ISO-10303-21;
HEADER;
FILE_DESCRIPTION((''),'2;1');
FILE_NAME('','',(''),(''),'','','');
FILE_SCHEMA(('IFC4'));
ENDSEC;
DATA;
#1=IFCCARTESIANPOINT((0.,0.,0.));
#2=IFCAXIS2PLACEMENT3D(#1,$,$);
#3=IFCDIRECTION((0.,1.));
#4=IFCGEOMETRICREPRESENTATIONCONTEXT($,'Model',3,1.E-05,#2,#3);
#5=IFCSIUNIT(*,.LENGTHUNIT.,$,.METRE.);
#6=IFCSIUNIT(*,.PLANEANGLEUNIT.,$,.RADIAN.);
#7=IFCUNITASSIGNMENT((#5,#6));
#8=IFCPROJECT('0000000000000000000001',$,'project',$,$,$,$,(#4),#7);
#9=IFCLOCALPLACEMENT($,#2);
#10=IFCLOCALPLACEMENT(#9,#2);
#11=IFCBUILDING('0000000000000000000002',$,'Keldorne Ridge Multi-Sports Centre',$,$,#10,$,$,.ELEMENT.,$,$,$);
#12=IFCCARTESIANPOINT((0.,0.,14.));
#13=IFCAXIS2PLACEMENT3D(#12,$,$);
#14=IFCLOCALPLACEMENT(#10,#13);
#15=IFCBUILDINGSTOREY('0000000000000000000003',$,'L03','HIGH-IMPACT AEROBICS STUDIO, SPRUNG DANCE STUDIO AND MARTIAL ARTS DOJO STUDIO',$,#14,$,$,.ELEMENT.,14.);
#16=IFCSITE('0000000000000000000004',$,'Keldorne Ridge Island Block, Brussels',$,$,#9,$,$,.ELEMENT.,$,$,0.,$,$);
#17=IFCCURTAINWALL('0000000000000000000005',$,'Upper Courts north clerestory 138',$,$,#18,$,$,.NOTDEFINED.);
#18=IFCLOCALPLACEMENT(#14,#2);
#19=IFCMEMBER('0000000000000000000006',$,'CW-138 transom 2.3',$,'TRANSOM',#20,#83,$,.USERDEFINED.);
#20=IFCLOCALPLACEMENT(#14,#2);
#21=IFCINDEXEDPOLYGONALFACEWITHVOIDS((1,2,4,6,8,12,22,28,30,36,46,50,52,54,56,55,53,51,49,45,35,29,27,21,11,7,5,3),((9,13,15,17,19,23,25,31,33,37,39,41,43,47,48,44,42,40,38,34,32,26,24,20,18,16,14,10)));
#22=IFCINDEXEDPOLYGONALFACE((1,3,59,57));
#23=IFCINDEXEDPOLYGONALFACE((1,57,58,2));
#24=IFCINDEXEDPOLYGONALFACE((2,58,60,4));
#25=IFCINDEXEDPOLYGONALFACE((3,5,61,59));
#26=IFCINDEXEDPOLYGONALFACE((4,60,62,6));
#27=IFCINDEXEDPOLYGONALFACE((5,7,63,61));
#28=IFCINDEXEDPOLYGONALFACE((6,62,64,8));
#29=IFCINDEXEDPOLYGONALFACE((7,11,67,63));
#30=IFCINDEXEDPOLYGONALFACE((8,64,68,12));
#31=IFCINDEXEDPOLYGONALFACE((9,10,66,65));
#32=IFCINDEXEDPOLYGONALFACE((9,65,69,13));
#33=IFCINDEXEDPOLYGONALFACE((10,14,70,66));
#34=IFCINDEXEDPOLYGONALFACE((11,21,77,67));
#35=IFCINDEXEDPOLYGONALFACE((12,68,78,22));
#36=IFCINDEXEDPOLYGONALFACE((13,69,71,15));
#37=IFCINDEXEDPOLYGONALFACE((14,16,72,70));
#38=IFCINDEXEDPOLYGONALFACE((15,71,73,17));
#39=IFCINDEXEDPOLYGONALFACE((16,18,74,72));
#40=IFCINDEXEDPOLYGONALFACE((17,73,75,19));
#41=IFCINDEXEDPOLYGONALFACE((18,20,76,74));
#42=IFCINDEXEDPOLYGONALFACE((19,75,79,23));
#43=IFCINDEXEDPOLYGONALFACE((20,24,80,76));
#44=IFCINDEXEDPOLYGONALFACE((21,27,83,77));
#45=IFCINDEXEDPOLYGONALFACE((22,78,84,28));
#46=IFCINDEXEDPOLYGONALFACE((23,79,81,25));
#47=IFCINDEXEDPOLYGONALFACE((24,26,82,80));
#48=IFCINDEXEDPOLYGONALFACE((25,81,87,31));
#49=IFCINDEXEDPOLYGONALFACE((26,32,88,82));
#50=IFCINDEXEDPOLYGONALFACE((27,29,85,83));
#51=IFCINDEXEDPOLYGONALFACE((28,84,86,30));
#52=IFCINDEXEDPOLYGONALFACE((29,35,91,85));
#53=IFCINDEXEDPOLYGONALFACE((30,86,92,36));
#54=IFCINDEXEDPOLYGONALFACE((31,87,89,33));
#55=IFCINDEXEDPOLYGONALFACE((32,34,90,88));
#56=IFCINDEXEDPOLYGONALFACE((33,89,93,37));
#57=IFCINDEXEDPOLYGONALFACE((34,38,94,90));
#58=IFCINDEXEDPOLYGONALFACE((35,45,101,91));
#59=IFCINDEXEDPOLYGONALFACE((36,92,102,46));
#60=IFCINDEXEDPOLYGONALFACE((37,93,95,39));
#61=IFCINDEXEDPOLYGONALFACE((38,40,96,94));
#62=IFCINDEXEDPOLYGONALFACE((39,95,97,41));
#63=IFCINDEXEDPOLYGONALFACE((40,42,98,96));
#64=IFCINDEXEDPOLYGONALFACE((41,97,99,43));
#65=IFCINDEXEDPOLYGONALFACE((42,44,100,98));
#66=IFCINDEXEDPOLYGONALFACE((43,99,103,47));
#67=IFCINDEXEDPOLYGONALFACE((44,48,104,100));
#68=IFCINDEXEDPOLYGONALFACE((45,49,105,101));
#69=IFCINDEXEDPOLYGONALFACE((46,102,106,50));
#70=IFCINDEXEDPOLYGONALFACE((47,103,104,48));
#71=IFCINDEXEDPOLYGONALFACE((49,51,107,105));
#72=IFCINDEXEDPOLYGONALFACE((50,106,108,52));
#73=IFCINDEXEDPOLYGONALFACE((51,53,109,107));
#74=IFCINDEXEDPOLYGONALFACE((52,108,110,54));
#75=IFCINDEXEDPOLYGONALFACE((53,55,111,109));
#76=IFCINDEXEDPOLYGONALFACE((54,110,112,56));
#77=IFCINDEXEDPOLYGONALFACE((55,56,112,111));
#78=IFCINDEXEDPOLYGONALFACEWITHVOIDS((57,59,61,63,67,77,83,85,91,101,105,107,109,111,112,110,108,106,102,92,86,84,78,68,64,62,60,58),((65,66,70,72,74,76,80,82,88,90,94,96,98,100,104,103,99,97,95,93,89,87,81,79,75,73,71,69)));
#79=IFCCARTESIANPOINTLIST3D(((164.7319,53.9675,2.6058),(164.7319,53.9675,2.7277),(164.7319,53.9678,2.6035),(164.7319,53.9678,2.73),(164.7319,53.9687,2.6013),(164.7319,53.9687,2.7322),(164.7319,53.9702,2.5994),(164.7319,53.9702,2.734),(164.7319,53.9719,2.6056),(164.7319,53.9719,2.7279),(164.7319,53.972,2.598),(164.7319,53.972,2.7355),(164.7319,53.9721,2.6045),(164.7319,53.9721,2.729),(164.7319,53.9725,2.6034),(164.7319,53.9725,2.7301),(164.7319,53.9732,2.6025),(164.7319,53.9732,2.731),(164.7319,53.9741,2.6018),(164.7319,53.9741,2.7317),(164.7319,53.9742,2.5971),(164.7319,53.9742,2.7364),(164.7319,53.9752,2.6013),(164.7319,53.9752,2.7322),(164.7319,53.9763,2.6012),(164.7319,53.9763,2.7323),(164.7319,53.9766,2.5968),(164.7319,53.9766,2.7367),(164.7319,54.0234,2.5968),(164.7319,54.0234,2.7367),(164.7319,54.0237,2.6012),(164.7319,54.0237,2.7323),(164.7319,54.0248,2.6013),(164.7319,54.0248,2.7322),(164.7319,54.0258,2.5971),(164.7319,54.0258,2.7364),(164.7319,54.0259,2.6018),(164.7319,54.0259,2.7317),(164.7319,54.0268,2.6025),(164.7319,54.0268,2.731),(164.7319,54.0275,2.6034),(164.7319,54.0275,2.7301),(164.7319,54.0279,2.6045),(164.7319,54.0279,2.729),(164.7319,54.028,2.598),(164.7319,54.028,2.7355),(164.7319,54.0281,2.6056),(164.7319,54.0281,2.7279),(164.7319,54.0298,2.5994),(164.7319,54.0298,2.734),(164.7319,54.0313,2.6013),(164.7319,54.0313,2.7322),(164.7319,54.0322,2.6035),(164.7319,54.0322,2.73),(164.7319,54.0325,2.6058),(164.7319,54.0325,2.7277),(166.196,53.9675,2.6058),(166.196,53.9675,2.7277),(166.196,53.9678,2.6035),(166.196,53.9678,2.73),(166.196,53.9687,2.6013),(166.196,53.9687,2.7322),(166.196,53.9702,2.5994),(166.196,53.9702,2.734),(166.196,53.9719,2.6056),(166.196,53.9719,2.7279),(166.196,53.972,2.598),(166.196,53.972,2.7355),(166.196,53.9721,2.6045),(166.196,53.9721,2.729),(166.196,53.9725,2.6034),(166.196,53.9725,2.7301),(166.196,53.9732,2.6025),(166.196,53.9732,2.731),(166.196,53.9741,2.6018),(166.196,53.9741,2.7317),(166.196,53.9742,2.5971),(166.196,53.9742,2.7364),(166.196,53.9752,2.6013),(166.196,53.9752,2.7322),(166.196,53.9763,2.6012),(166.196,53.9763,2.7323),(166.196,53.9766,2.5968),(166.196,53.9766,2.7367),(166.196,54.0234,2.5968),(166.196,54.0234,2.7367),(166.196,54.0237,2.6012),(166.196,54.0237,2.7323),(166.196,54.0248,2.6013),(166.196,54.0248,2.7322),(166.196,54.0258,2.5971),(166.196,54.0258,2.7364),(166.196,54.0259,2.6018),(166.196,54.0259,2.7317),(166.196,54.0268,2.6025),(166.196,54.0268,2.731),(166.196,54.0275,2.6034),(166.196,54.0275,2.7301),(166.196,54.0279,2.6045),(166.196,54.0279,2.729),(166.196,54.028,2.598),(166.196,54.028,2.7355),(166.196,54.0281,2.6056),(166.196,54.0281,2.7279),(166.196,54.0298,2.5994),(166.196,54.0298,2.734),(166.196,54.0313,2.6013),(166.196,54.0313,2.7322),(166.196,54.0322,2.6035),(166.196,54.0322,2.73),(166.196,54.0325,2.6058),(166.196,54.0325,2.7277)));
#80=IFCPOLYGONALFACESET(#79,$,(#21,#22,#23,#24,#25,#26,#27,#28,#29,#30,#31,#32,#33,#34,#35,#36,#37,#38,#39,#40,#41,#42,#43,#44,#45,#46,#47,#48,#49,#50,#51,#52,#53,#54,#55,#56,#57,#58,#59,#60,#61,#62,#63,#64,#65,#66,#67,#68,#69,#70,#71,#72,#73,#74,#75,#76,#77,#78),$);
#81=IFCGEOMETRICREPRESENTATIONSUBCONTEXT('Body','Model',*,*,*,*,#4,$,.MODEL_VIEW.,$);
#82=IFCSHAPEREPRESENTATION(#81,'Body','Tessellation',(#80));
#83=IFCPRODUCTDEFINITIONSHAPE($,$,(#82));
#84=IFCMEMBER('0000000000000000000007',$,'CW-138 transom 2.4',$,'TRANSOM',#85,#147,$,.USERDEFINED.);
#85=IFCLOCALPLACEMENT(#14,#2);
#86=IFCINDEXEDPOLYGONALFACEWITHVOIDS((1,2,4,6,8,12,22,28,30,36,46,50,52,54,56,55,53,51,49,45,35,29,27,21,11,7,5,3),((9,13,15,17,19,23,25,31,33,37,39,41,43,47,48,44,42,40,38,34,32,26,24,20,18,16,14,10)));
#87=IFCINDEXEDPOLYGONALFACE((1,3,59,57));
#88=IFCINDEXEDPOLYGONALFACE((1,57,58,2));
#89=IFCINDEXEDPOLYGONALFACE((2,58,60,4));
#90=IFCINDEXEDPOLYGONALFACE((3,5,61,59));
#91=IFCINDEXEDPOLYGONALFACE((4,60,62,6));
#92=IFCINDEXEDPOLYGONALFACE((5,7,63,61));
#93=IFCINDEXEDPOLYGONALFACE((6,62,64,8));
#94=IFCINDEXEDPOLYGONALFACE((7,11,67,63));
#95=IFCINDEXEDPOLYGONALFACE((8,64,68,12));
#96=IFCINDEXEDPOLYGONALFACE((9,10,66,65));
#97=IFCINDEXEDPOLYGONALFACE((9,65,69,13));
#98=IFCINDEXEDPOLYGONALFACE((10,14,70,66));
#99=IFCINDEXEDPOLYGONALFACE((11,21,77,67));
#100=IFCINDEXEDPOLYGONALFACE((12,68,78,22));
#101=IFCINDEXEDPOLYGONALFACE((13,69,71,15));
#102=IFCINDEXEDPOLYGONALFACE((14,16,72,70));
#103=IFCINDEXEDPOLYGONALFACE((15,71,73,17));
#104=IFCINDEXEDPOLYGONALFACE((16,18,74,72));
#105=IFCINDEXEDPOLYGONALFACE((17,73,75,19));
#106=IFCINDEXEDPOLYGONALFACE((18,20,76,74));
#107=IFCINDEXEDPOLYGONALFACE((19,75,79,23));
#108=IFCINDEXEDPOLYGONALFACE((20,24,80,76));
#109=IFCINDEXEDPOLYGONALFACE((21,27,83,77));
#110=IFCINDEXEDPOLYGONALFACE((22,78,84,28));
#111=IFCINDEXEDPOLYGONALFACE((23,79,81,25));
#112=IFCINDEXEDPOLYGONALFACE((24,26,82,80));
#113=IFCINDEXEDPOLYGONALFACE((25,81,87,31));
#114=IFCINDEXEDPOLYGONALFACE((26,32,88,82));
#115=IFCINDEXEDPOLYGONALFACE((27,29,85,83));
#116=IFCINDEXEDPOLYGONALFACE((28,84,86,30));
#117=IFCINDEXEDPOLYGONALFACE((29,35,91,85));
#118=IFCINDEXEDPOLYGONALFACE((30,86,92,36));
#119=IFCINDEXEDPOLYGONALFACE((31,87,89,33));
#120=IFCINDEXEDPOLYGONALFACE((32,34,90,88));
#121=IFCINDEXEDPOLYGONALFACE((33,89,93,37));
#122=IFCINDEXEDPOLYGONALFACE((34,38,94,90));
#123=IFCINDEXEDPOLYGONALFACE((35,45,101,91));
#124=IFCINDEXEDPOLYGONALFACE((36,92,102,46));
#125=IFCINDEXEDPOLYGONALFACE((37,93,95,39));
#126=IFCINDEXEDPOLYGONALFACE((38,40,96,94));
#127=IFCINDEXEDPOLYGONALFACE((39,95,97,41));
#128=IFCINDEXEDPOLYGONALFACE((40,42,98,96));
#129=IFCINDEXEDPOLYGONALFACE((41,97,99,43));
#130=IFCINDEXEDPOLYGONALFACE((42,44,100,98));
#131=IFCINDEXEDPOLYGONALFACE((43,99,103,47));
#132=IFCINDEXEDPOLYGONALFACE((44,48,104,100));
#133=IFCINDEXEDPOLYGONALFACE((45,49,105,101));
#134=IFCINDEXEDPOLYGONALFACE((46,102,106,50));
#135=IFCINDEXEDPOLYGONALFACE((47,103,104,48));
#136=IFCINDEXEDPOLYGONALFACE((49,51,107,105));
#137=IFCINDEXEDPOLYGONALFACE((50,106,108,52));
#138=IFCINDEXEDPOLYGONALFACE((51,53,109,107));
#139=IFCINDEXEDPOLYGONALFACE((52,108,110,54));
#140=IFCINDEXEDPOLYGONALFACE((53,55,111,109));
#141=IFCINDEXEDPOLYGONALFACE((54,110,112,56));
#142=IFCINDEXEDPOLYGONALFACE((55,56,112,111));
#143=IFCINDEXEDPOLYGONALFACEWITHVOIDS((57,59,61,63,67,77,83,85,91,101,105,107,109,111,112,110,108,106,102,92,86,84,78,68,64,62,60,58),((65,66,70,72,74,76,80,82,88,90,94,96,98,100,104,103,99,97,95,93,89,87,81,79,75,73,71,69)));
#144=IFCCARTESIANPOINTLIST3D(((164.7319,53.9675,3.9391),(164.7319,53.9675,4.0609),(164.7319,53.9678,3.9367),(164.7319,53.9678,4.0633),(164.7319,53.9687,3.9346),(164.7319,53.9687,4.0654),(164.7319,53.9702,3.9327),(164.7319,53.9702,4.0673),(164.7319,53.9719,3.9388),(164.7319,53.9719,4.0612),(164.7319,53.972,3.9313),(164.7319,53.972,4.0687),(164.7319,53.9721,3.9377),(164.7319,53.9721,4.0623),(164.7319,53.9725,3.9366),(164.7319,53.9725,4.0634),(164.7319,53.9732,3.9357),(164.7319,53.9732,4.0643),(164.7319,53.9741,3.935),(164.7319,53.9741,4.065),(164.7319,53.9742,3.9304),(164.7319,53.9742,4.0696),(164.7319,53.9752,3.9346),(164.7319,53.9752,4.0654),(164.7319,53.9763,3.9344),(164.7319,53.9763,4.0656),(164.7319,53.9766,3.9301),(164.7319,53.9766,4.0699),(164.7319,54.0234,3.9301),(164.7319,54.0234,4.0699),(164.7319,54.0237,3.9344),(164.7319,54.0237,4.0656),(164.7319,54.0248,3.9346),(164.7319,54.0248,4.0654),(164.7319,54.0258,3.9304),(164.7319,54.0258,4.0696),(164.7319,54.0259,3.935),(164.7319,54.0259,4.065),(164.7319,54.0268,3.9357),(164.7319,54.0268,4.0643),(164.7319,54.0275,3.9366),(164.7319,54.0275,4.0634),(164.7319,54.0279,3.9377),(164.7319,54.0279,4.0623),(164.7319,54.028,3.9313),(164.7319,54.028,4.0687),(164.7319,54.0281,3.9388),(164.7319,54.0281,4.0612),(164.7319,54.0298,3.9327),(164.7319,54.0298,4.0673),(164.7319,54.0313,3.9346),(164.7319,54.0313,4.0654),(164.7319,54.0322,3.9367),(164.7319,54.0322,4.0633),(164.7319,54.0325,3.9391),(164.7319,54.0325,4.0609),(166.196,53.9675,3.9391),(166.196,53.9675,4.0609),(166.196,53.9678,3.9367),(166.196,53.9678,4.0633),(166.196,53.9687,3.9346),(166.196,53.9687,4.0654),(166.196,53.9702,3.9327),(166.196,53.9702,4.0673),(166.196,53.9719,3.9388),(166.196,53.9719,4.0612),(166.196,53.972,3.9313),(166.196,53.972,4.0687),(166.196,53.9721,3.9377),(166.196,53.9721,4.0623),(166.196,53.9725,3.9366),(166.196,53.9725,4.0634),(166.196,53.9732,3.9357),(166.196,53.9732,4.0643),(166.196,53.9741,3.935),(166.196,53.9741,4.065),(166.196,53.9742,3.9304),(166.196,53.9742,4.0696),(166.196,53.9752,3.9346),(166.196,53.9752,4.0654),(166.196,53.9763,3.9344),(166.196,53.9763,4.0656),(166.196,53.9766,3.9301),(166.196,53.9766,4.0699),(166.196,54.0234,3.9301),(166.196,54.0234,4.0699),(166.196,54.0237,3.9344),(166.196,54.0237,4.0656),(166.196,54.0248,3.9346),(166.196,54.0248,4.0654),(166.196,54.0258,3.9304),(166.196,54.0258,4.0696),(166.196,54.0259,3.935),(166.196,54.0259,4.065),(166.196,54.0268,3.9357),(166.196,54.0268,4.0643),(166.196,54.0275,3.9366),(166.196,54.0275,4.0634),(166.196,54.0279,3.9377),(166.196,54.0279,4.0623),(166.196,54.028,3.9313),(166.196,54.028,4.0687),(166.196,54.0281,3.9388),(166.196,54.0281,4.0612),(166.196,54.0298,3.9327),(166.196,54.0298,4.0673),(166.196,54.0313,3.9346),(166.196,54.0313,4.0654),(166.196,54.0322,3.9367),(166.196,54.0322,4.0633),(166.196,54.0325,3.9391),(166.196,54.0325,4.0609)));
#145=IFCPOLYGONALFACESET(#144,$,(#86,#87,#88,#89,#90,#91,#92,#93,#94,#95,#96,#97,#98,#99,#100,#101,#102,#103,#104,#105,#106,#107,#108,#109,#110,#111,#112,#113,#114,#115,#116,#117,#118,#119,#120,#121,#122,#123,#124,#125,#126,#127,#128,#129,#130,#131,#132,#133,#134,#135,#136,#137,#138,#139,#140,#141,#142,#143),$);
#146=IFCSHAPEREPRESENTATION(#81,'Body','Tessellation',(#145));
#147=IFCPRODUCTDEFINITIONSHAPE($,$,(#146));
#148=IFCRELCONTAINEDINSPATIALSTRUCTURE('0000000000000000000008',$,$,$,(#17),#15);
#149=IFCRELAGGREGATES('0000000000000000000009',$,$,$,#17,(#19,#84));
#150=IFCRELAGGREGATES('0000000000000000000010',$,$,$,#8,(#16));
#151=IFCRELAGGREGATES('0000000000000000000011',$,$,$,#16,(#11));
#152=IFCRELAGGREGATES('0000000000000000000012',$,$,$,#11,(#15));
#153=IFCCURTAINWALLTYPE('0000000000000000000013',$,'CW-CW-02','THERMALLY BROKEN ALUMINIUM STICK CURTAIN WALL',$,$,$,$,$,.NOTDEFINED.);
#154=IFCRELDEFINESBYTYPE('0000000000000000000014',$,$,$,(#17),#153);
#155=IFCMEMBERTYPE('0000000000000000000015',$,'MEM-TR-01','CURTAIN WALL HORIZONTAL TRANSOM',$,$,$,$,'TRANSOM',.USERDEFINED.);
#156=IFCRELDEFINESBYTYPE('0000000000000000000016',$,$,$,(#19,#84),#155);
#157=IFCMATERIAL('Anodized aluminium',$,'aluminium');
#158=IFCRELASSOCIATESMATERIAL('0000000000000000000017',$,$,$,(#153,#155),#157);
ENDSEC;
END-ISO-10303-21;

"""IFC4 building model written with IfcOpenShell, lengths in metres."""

from ifc_helpers import new_model, si_unit, direction, frame, origin, origin_2d, place, context, subcontext, project, spatial, hollow_rectangle, extrude, material, material_profile, profile_set, type_object, element, aggregate, save


model = new_model("IFC4")

# Units and contexts
model_context = context("Model", 3, precision=1e-05, world=origin(), true_north=direction((0.0, 1.0)))
body_context = subcontext(model_context, "Body", "Model", "MODEL_VIEW")
ifc_project = project(units=[si_unit("LENGTHUNIT", "METRE"), si_unit("PLANEANGLEUNIT", "RADIAN")], contexts=[model_context])

# Site, building, storey
site_placement = place(None, origin())
site = spatial("IfcSite", under=ifc_project, at=site_placement, Name="Keldorne Ridge Island Block, Brussels", CompositionType="ELEMENT", RefElevation=0.0)
building_placement = place(site_placement, origin())
building = spatial("IfcBuilding", under=site, at=building_placement, Name="Keldorne Ridge Multi-Sports Centre", CompositionType="ELEMENT")
storey_placement = place(building_placement, frame((0.0, 0.0, 14.0)))
storey = spatial("IfcBuildingStorey", under=building, at=storey_placement, Name="L03", Description="HIGH-IMPACT AEROBICS STUDIO, SPRUNG DANCE STUDIO AND MARTIAL ARTS DOJO STUDIO", CompositionType="ELEMENT", Elevation=14.0)

# Curtain wall, members
ifc_material_1 = material(Name="Anodized aluminium", Category="aluminium")
curtain_wall_type = type_object("IfcCurtainWallType", Name="CW-CW-02", Description="THERMALLY BROKEN ALUMINIUM STICK CURTAIN WALL", PredefinedType="NOTDEFINED", material=ifc_material_1)
curtain_wall_placement = place(storey_placement, origin())
curtain_wall = element("IfcCurtainWall", 1, at=curtain_wall_placement, inside=storey, type_object=curtain_wall_type, Name="Upper Courts north clerestory 138", PredefinedType="NOTDEFINED")
ifc_material_profile_1 = material_profile(ifc_material_1, hollow_rectangle(XDim=0.0649, YDim=0.1399, WallThickness=0.0044, InnerFilletRadius=0.0044, OuterFilletRadius=0.009, at=origin_2d()), Name="ALU TRANSOM 140x65x4.5")
ifc_profile_set_1 = profile_set([ifc_material_profile_1], Name="Anodized aluminium")
member_type_1 = type_object("IfcMemberType", Name="MEM-TR-01", Description="CURTAIN WALL HORIZONTAL TRANSOM", ElementType="TRANSOM", PredefinedType="USERDEFINED", material=ifc_profile_set_1)
member_1_placement = place(storey_placement, frame((166.196, 54.0, 2.6667), z_axis=(-1.0, 0.0, 0.0), x_axis=(0.0, -1.0, 0.0)))
member_1 = element("IfcMember", 2, at=member_1_placement, type_object=member_type_1, Name="CW-138 transom 2.3", ObjectType="TRANSOM", PredefinedType="USERDEFINED", context=body_context, shape_type="SweptSolid", body=[
    extrude(hollow_rectangle(XDim=0.0649, YDim=0.1399, WallThickness=0.0044, InnerFilletRadius=0.0044, OuterFilletRadius=0.009, at=origin_2d()), origin(), (0.0, 0.0, 1.0), 1.4641),
])
member_2_placement = place(storey_placement, frame((166.196, 54.0, 4.0), z_axis=(-1.0, 0.0, 0.0), x_axis=(0.0, -1.0, 0.0)))
member_2 = element("IfcMember", 3, at=member_2_placement, type_object=member_type_1, Name="CW-138 transom 2.4", ObjectType="TRANSOM", PredefinedType="USERDEFINED", context=body_context, shape_type="SweptSolid", body=[
    extrude(hollow_rectangle(XDim=0.0649, YDim=0.1399, WallThickness=0.0044, InnerFilletRadius=0.0044, OuterFilletRadius=0.009, at=origin_2d()), origin(), (0.0, 0.0, 1.0), 1.4641),
])

aggregate(curtain_wall, [member_1, member_2])

save(model, "model.ifc")
